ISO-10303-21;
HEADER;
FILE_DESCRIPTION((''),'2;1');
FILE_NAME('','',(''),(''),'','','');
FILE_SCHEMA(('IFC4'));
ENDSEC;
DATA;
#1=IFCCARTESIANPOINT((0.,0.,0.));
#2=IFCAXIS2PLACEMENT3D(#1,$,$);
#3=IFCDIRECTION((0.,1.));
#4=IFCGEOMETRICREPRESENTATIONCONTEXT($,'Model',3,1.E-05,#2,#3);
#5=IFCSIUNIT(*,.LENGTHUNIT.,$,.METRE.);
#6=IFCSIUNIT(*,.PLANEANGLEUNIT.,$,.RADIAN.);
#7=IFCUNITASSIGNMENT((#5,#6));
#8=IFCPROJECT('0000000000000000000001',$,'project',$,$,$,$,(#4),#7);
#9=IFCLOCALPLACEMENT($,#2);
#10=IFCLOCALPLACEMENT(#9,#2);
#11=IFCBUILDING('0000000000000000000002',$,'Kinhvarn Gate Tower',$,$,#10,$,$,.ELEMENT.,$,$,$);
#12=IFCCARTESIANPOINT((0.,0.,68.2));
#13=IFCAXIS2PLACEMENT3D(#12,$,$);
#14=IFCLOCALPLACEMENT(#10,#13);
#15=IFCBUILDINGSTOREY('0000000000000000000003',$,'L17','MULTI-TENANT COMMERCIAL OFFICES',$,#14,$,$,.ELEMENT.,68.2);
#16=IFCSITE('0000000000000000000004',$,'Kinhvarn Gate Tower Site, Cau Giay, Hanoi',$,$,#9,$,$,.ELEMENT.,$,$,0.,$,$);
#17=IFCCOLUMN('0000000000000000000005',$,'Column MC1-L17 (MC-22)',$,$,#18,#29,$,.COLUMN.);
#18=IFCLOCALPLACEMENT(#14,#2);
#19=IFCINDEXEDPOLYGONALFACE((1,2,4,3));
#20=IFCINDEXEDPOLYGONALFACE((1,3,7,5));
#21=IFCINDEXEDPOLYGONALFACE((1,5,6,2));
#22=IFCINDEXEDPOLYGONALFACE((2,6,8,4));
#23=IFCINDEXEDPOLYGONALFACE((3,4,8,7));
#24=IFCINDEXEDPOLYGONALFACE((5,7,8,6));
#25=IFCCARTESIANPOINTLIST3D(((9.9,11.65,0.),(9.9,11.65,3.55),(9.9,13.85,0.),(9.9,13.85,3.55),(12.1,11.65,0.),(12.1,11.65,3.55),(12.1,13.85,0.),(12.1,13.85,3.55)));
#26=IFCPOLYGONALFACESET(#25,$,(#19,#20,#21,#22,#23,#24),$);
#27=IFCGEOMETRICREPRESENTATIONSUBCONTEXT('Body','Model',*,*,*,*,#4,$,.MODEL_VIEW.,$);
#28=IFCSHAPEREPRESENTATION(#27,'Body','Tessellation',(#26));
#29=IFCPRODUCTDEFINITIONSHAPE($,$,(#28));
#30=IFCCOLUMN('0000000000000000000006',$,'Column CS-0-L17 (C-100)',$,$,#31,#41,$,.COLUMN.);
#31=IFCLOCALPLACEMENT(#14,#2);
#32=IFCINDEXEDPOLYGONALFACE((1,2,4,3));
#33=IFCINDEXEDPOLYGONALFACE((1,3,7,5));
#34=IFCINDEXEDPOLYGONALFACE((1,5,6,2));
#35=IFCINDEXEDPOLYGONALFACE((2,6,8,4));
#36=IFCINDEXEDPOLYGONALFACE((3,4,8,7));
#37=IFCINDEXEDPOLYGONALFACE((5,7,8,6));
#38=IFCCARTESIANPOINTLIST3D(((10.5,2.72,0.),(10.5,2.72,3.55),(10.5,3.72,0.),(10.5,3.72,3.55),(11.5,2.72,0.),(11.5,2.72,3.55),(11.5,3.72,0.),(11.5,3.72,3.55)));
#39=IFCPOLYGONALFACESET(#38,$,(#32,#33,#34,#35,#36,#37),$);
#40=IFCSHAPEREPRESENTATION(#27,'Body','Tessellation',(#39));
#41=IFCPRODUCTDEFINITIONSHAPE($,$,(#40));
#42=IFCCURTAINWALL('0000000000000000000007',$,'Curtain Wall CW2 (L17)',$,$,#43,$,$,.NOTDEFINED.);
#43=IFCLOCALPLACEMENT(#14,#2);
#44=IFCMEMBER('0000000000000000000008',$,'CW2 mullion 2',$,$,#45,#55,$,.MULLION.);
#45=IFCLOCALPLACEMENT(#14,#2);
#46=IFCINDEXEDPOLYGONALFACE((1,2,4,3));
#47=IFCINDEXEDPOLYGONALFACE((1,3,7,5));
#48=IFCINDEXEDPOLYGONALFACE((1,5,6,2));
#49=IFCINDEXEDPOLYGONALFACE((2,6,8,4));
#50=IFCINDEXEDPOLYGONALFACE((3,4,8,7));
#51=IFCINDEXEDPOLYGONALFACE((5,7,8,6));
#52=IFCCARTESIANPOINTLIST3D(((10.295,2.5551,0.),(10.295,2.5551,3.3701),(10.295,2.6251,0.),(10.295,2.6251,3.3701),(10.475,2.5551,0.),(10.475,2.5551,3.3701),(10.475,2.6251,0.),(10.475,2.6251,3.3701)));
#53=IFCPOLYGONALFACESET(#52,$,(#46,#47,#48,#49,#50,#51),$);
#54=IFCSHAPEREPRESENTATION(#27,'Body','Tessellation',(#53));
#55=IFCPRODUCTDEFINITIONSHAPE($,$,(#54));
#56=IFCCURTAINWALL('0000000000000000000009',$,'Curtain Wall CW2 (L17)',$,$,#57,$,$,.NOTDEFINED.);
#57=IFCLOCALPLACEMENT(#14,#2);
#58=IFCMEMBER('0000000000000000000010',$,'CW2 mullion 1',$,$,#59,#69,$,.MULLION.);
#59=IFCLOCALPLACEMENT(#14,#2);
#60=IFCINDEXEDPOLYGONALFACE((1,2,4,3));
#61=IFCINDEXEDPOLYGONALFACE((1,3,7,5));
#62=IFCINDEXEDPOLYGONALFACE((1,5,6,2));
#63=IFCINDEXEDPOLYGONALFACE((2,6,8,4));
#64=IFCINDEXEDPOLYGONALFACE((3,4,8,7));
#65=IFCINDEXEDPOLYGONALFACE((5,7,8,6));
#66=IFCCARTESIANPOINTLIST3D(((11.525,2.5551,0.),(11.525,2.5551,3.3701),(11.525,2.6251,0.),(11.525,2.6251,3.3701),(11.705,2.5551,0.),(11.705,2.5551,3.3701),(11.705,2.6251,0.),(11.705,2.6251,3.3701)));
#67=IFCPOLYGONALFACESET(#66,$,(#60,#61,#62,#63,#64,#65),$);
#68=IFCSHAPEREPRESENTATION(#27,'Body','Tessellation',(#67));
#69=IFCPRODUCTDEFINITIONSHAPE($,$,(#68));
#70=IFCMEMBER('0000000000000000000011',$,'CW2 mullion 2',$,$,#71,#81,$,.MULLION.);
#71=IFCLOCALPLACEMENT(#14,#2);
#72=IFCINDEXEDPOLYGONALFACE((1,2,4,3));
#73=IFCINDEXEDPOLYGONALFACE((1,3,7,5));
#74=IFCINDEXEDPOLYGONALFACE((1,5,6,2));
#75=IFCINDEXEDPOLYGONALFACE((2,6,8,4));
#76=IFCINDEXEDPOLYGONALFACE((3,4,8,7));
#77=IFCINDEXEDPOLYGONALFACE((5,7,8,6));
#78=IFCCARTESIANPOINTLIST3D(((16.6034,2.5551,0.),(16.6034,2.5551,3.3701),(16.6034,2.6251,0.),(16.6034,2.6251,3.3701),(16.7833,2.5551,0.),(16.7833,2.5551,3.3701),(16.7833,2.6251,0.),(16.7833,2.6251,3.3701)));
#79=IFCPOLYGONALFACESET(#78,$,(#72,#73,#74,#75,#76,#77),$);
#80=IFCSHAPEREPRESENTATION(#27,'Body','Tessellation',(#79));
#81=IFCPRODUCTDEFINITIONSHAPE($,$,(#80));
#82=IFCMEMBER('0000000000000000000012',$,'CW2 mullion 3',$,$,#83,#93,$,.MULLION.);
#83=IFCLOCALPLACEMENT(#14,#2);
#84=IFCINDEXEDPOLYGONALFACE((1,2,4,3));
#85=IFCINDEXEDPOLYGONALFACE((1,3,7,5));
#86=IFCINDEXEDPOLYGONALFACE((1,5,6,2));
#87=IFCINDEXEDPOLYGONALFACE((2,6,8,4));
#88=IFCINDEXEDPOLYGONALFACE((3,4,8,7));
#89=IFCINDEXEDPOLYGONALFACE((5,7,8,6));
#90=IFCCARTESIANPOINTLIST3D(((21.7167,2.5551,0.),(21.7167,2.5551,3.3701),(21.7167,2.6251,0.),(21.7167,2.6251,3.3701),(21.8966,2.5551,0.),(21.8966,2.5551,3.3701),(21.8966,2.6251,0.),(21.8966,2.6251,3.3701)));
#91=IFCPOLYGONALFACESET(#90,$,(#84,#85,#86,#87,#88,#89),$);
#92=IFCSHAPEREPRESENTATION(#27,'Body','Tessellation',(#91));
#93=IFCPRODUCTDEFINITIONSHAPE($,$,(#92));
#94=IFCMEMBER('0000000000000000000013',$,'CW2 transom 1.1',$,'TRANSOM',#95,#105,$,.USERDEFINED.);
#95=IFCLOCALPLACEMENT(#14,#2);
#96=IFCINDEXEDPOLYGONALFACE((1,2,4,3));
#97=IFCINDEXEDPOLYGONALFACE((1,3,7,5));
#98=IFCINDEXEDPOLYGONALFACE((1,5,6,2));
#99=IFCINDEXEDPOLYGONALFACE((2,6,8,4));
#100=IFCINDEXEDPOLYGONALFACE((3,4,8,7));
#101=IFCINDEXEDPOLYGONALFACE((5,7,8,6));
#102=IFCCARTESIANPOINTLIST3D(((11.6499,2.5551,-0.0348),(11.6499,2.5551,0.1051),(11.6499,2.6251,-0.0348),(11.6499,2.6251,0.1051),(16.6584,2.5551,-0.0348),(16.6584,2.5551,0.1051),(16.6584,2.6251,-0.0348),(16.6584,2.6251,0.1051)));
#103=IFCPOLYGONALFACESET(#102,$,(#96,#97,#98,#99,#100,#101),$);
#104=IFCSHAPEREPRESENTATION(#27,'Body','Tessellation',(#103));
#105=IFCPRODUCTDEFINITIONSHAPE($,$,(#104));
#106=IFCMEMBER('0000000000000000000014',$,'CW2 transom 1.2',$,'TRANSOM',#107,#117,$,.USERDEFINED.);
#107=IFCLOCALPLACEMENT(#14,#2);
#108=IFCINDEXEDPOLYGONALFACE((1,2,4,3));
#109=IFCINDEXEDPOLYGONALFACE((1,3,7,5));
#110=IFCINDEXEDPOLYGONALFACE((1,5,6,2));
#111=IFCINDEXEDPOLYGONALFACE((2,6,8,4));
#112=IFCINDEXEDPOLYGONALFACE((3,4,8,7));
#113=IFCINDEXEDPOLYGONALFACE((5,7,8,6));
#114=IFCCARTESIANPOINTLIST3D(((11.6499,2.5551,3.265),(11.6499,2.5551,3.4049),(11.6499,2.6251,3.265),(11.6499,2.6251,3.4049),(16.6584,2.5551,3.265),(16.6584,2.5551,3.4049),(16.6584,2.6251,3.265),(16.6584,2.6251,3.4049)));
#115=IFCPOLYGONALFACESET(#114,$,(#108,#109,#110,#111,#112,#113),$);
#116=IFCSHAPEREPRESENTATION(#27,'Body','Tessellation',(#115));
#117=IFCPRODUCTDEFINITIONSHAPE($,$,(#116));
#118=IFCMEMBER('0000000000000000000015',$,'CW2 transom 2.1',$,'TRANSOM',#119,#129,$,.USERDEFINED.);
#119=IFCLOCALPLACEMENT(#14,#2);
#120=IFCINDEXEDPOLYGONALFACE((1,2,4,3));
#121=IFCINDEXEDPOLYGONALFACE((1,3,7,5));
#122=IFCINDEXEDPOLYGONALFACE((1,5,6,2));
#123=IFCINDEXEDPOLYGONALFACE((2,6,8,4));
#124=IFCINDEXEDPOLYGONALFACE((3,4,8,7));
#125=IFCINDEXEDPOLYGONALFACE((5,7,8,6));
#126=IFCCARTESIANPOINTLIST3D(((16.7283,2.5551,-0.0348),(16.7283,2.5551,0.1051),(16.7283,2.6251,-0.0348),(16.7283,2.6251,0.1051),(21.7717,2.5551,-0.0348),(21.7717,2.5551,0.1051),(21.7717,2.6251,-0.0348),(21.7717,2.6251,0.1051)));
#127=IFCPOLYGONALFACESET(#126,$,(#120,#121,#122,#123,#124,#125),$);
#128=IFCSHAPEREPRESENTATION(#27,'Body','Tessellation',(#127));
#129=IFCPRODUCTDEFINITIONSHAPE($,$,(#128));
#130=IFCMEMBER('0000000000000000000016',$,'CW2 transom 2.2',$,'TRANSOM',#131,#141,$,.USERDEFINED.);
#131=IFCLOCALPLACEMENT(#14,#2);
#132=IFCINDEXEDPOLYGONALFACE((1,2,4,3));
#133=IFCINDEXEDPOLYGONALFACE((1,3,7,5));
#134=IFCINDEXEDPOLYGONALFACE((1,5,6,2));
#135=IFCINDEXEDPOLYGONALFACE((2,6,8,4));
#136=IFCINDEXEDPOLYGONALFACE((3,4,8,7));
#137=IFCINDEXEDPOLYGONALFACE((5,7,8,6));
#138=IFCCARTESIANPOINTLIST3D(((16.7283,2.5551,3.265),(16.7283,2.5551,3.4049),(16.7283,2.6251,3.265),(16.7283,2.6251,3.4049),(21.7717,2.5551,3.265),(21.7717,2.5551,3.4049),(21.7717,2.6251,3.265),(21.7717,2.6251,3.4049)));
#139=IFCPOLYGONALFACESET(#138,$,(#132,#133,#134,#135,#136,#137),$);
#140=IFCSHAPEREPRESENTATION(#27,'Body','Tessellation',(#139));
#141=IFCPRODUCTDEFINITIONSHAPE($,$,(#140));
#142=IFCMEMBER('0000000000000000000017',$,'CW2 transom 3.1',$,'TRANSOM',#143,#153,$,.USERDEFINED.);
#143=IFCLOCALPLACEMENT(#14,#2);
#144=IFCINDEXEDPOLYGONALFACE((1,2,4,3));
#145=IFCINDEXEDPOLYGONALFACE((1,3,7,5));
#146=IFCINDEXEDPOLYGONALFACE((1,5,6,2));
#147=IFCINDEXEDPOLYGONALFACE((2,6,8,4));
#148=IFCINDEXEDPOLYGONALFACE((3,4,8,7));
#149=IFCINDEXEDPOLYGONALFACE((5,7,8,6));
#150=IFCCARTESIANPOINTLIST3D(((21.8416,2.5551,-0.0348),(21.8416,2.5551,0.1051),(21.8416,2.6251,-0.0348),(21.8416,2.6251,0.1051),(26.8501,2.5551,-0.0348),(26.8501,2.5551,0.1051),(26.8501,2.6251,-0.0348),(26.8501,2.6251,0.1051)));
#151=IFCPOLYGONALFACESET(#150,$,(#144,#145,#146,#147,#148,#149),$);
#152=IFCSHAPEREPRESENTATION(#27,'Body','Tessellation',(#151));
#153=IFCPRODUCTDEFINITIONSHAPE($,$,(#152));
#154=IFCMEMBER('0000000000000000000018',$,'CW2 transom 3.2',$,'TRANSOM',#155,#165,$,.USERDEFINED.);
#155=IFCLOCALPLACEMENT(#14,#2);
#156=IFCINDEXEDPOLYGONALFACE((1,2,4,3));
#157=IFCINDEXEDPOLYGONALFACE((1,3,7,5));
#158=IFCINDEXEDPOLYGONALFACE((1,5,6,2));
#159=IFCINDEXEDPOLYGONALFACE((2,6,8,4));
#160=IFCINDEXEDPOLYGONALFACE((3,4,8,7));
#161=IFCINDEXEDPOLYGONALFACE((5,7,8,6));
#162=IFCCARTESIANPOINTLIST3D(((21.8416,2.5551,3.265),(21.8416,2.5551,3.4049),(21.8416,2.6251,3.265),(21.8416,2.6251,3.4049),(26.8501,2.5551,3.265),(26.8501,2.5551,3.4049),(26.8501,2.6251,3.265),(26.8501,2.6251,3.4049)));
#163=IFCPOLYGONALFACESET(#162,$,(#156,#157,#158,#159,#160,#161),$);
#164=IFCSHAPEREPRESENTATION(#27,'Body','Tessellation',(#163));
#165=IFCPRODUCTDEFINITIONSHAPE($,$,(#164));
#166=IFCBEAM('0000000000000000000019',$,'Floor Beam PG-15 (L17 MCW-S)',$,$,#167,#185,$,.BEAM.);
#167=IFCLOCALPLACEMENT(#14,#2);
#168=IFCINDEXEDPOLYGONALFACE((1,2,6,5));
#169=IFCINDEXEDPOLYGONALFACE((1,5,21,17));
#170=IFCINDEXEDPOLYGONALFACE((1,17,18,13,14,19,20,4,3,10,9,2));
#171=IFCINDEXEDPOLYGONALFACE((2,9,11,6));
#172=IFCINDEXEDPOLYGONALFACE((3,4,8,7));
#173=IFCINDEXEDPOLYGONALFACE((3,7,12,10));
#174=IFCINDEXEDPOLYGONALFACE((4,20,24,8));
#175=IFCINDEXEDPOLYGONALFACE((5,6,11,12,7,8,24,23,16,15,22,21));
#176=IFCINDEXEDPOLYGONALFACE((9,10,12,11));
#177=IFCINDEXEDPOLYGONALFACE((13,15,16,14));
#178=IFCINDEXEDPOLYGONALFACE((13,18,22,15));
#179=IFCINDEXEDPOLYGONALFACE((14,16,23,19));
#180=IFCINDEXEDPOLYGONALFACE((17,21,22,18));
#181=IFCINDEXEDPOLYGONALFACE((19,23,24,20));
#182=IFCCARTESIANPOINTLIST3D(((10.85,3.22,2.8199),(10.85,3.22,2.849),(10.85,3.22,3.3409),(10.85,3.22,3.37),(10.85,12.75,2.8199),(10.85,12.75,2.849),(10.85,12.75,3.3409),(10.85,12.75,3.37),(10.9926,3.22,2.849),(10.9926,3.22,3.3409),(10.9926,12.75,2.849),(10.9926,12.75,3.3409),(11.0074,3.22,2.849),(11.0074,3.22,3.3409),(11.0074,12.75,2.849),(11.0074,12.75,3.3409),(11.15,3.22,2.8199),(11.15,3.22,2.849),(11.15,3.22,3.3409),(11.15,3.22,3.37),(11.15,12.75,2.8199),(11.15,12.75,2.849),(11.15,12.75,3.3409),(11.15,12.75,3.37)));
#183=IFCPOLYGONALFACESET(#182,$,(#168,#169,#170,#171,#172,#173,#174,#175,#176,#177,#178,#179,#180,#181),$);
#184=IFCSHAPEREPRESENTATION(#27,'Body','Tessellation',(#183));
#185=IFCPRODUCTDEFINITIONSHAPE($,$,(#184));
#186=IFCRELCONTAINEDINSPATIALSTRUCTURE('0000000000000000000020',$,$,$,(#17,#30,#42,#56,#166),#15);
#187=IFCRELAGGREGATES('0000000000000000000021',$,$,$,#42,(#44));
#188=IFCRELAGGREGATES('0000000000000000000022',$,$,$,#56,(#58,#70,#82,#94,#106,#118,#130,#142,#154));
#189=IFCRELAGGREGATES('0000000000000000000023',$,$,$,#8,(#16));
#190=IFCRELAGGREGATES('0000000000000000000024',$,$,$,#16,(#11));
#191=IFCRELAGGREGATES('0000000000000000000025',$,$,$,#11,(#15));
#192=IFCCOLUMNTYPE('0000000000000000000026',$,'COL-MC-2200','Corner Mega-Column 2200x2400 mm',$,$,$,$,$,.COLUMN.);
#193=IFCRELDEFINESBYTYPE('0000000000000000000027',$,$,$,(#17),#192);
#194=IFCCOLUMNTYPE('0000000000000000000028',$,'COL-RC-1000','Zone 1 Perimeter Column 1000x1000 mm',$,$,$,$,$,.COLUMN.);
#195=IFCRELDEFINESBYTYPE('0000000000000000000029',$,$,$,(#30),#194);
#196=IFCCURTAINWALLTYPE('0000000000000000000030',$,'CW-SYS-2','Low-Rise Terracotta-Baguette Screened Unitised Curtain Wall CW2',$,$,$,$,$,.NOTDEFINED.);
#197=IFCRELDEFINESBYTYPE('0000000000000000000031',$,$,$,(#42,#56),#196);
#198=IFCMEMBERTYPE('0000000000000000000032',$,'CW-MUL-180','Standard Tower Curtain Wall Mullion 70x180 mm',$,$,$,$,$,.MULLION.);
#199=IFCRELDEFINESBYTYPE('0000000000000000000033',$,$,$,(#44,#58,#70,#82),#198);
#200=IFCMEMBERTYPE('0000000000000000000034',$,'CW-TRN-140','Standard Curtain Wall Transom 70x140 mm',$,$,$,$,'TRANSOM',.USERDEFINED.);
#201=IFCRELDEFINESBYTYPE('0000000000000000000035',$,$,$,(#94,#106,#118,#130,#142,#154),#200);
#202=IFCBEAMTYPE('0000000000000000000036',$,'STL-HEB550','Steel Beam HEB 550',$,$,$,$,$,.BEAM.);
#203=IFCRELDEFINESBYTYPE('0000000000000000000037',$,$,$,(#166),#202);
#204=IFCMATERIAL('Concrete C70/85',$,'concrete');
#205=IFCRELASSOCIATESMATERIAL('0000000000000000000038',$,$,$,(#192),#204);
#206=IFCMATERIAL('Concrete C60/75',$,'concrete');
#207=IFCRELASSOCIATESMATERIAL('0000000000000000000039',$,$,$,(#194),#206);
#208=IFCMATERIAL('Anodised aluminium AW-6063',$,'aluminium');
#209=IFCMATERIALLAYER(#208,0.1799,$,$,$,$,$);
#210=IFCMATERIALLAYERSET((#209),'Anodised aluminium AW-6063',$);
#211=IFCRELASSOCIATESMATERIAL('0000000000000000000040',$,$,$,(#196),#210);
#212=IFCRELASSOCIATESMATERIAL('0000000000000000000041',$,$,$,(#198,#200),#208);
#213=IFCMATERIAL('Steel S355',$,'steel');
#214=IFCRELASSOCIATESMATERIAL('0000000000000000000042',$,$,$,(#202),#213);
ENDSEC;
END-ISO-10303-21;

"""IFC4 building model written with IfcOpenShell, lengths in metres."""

from ifc_helpers import new_model, si_unit, direction, frame, origin, origin_2d, place, context, subcontext, project, spatial, rectangle, i_section, extrude, material, layer, layer_set, material_profile, profile_set, type_object, element, aggregate, save


model = new_model("IFC4")

# Units and contexts
model_context = context("Model", 3, precision=1e-05, world=origin(), true_north=direction((0.0, 1.0)))
body_context = subcontext(model_context, "Body", "Model", "MODEL_VIEW")
ifc_project = project(units=[si_unit("LENGTHUNIT", "METRE"), si_unit("PLANEANGLEUNIT", "RADIAN")], contexts=[model_context])

# Site, building, storey
site_placement = place(None, origin())
site = spatial("IfcSite", under=ifc_project, at=site_placement, Name="Kinhvarn Gate Tower Site, Cau Giay, Hanoi", CompositionType="ELEMENT", RefElevation=0.0)
building_placement = place(site_placement, origin())
building = spatial("IfcBuilding", under=site, at=building_placement, Name="Kinhvarn Gate Tower", CompositionType="ELEMENT")
storey_placement = place(building_placement, frame((0.0, 0.0, 68.2)))
storey = spatial("IfcBuildingStorey", under=building, at=storey_placement, Name="L17", Description="MULTI-TENANT COMMERCIAL OFFICES", CompositionType="ELEMENT", Elevation=68.2)

# Columns
ifc_material_1 = material(Name="Concrete C70/85", Category="concrete")
ifc_material_profile_1 = material_profile(ifc_material_1, rectangle(XDim=2.2, YDim=2.2, at=origin_2d()), Name="RC 2200x2200")
ifc_profile_set_1 = profile_set([ifc_material_profile_1], Name="Concrete C70/85")
column_type_1 = type_object("IfcColumnType", Name="COL-MC-2200", Description="Corner Mega-Column 2200x2400 mm", PredefinedType="COLUMN", material=ifc_profile_set_1)
column_1_placement = place(storey_placement, frame((11.0, 12.75, 0.0), z_axis=(0.0, 0.0, 1.0), x_axis=(1.0, 0.0, 0.0)))
element("IfcColumn", 1, at=column_1_placement, inside=storey, type_object=column_type_1, Name="Column MC1-L17 (MC-22)", PredefinedType="COLUMN", context=body_context, shape_type="SweptSolid", body=[
    extrude(rectangle(XDim=2.2, YDim=2.2, at=origin_2d()), origin(), (0.0, 0.0, 1.0), 3.55),
])
ifc_material_2 = material(Name="Concrete C60/75", Category="concrete")
ifc_material_profile_2 = material_profile(ifc_material_2, rectangle(XDim=1.0, YDim=1.0, at=origin_2d()), Name="RC 1000x1000")
ifc_profile_set_2 = profile_set([ifc_material_profile_2], Name="Concrete C60/75")
column_type_2 = type_object("IfcColumnType", Name="COL-RC-1000", Description="Zone 1 Perimeter Column 1000x1000 mm", PredefinedType="COLUMN", material=ifc_profile_set_2)
column_2_placement = place(storey_placement, frame((11.0, 3.22, 0.0), z_axis=(0.0, 0.0, 1.0), x_axis=(1.0, 0.0, 0.0)))
element("IfcColumn", 2, at=column_2_placement, inside=storey, type_object=column_type_2, Name="Column CS-0-L17 (C-100)", PredefinedType="COLUMN", context=body_context, shape_type="SweptSolid", body=[
    extrude(rectangle(XDim=1.0, YDim=1.0, at=origin_2d()), origin(), (0.0, 0.0, 1.0), 3.55),
])

# Curtain wall, member
ifc_material_3 = material(Name="Anodised aluminium AW-6063", Category="aluminium")
ifc_layer_1 = layer(ifc_material_3, 0.1799)
ifc_layer_set_1 = layer_set([ifc_layer_1], Name="Anodised aluminium AW-6063")
curtain_wall_type = type_object("IfcCurtainWallType", Name="CW-SYS-2", Description="Low-Rise Terracotta-Baguette Screened Unitised Curtain Wall CW2", PredefinedType="NOTDEFINED", material=ifc_layer_set_1)
curtain_wall_1_placement = place(storey_placement, origin())
curtain_wall_1 = element("IfcCurtainWall", 3, at=curtain_wall_1_placement, inside=storey, type_object=curtain_wall_type, Name="Curtain Wall CW2 (L17)", PredefinedType="NOTDEFINED")
ifc_material_profile_3 = material_profile(ifc_material_3, rectangle(XDim=0.0701, YDim=0.1799, at=origin_2d()), Name="ALU 70x180")
ifc_profile_set_3 = profile_set([ifc_material_profile_3], Name="Anodised aluminium AW-6063")
member_type_1 = type_object("IfcMemberType", Name="CW-MUL-180", Description="Standard Tower Curtain Wall Mullion 70x180 mm", PredefinedType="MULLION", material=ifc_profile_set_3)
member_1_placement = place(storey_placement, frame((10.385, 2.5901, 0.0), z_axis=(0.0, 0.0, 1.0), x_axis=(0.0, 1.0, 0.0)))
member_1 = element("IfcMember", 4, at=member_1_placement, type_object=member_type_1, Name="CW2 mullion 2", PredefinedType="MULLION", context=body_context, shape_type="SweptSolid", body=[
    extrude(rectangle(XDim=0.0701, YDim=0.1799, at=origin_2d()), origin(), (0.0, 0.0, 1.0), 3.3701),
])
aggregate(curtain_wall_1, [member_1])

# Curtain wall, members
curtain_wall_2_placement = place(storey_placement, origin())
curtain_wall_2 = element("IfcCurtainWall", 5, at=curtain_wall_2_placement, inside=storey, type_object=curtain_wall_type, Name="Curtain Wall CW2 (L17)", PredefinedType="NOTDEFINED")
member_2_placement = place(storey_placement, frame((11.615, 2.5901, 0.0), z_axis=(0.0, 0.0, 1.0), x_axis=(0.0, 1.0, 0.0)))
member_2 = element("IfcMember", 6, at=member_2_placement, type_object=member_type_1, Name="CW2 mullion 1", PredefinedType="MULLION", context=body_context, shape_type="SweptSolid", body=[
    extrude(rectangle(XDim=0.0701, YDim=0.1799, at=origin_2d()), origin(), (0.0, 0.0, 1.0), 3.3701),
])
member_3_placement = place(storey_placement, frame((16.6934, 2.5901, 0.0), z_axis=(0.0, 0.0, 1.0), x_axis=(0.0, 1.0, 0.0)))
member_3 = element("IfcMember", 7, at=member_3_placement, type_object=member_type_1, Name="CW2 mullion 2", PredefinedType="MULLION", context=body_context, shape_type="SweptSolid", body=[
    extrude(rectangle(XDim=0.0701, YDim=0.1799, at=origin_2d()), origin(), (0.0, 0.0, 1.0), 3.3701),
])
member_4_placement = place(storey_placement, frame((21.8066, 2.5901, 0.0), z_axis=(0.0, 0.0, 1.0), x_axis=(0.0, 1.0, 0.0)))
member_4 = element("IfcMember", 8, at=member_4_placement, type_object=member_type_1, Name="CW2 mullion 3", PredefinedType="MULLION", context=body_context, shape_type="SweptSolid", body=[
    extrude(rectangle(XDim=0.0701, YDim=0.1799, at=origin_2d()), origin(), (0.0, 0.0, 1.0), 3.3701),
])
ifc_material_profile_4 = material_profile(ifc_material_3, rectangle(XDim=0.0701, YDim=0.1399, at=origin_2d()), Name="ALU 70x140")
ifc_profile_set_4 = profile_set([ifc_material_profile_4], Name="Anodised aluminium AW-6063")
member_type_2 = type_object("IfcMemberType", Name="CW-TRN-140", Description="Standard Curtain Wall Transom 70x140 mm", ElementType="TRANSOM", PredefinedType="USERDEFINED", material=ifc_profile_set_4)
member_5_placement = place(storey_placement, frame((11.6499, 2.5901, 0.0352), z_axis=(1.0, 0.0, 0.0), x_axis=(0.0, 1.0, 0.0)))
member_5 = element("IfcMember", 9, at=member_5_placement, type_object=member_type_2, Name="CW2 transom 1.1", ObjectType="TRANSOM", PredefinedType="USERDEFINED", context=body_context, shape_type="SweptSolid", body=[
    extrude(rectangle(XDim=0.0701, YDim=0.1399, at=origin_2d()), origin(), (0.0, 0.0, 1.0), 5.0085),
])
member_6_placement = place(storey_placement, frame((11.6499, 2.5901, 3.335), z_axis=(1.0, 0.0, 0.0), x_axis=(0.0, 1.0, 0.0)))
member_6 = element("IfcMember", 10, at=member_6_placement, type_object=member_type_2, Name="CW2 transom 1.2", ObjectType="TRANSOM", PredefinedType="USERDEFINED", context=body_context, shape_type="SweptSolid", body=[
    extrude(rectangle(XDim=0.0701, YDim=0.1399, at=origin_2d()), origin(), (0.0, 0.0, 1.0), 5.0085),
])
member_7_placement = place(storey_placement, frame((16.7283, 2.5901, 0.0352), z_axis=(1.0, 0.0, 0.0), x_axis=(0.0, 1.0, 0.0)))
member_7 = element("IfcMember", 11, at=member_7_placement, type_object=member_type_2, Name="CW2 transom 2.1", ObjectType="TRANSOM", PredefinedType="USERDEFINED", context=body_context, shape_type="SweptSolid", body=[
    extrude(rectangle(XDim=0.0701, YDim=0.1399, at=origin_2d()), origin(), (0.0, 0.0, 1.0), 5.0435),
])
member_8_placement = place(storey_placement, frame((16.7283, 2.5901, 3.335), z_axis=(1.0, 0.0, 0.0), x_axis=(0.0, 1.0, 0.0)))
member_8 = element("IfcMember", 12, at=member_8_placement, type_object=member_type_2, Name="CW2 transom 2.2", ObjectType="TRANSOM", PredefinedType="USERDEFINED", context=body_context, shape_type="SweptSolid", body=[
    extrude(rectangle(XDim=0.0701, YDim=0.1399, at=origin_2d()), origin(), (0.0, 0.0, 1.0), 5.0435),
])
member_9_placement = place(storey_placement, frame((21.8416, 2.5901, 0.0352), z_axis=(1.0, 0.0, 0.0), x_axis=(0.0, 1.0, 0.0)))
member_9 = element("IfcMember", 13, at=member_9_placement, type_object=member_type_2, Name="CW2 transom 3.1", ObjectType="TRANSOM", PredefinedType="USERDEFINED", context=body_context, shape_type="SweptSolid", body=[
    extrude(rectangle(XDim=0.0701, YDim=0.1399, at=origin_2d()), origin(), (0.0, 0.0, 1.0), 5.0085),
])
member_10_placement = place(storey_placement, frame((21.8416, 2.5901, 3.335), z_axis=(1.0, 0.0, 0.0), x_axis=(0.0, 1.0, 0.0)))
member_10 = element("IfcMember", 14, at=member_10_placement, type_object=member_type_2, Name="CW2 transom 3.2", ObjectType="TRANSOM", PredefinedType="USERDEFINED", context=body_context, shape_type="SweptSolid", body=[
    extrude(rectangle(XDim=0.0701, YDim=0.1399, at=origin_2d()), origin(), (0.0, 0.0, 1.0), 5.0085),
])

# Beam
ifc_material_4 = material(Name="Steel S355", Category="steel")
ifc_material_profile_5 = material_profile(ifc_material_4, i_section(OverallWidth=0.3, OverallDepth=0.55, WebThickness=0.0149, FlangeThickness=0.0291, at=origin_2d()), Name="HEB 550")
ifc_profile_set_5 = profile_set([ifc_material_profile_5], Name="Steel S355")
beam_type_1 = type_object("IfcBeamType", Name="STL-HEB550", Description="Steel Beam HEB 550", PredefinedType="BEAM", material=ifc_profile_set_5)
beam_1_placement = place(storey_placement, frame((11.0, 3.22, 3.095), z_axis=(0.0, 1.0, 0.0), x_axis=(-1.0, 0.0, 0.0)))
element("IfcBeam", 15, at=beam_1_placement, inside=storey, type_object=beam_type_1, Name="Floor Beam PG-15 (L17 MCW-S)", PredefinedType="BEAM", context=body_context, shape_type="SweptSolid", body=[
    extrude(i_section(OverallWidth=0.3, OverallDepth=0.55, WebThickness=0.0149, FlangeThickness=0.0291, at=origin_2d()), origin(), (0.0, 0.0, 1.0), 9.53),
])

aggregate(curtain_wall_2, [member_2, member_3, member_4, member_5, member_6, member_7, member_8, member_9, member_10])

save(model, "model.ifc")
